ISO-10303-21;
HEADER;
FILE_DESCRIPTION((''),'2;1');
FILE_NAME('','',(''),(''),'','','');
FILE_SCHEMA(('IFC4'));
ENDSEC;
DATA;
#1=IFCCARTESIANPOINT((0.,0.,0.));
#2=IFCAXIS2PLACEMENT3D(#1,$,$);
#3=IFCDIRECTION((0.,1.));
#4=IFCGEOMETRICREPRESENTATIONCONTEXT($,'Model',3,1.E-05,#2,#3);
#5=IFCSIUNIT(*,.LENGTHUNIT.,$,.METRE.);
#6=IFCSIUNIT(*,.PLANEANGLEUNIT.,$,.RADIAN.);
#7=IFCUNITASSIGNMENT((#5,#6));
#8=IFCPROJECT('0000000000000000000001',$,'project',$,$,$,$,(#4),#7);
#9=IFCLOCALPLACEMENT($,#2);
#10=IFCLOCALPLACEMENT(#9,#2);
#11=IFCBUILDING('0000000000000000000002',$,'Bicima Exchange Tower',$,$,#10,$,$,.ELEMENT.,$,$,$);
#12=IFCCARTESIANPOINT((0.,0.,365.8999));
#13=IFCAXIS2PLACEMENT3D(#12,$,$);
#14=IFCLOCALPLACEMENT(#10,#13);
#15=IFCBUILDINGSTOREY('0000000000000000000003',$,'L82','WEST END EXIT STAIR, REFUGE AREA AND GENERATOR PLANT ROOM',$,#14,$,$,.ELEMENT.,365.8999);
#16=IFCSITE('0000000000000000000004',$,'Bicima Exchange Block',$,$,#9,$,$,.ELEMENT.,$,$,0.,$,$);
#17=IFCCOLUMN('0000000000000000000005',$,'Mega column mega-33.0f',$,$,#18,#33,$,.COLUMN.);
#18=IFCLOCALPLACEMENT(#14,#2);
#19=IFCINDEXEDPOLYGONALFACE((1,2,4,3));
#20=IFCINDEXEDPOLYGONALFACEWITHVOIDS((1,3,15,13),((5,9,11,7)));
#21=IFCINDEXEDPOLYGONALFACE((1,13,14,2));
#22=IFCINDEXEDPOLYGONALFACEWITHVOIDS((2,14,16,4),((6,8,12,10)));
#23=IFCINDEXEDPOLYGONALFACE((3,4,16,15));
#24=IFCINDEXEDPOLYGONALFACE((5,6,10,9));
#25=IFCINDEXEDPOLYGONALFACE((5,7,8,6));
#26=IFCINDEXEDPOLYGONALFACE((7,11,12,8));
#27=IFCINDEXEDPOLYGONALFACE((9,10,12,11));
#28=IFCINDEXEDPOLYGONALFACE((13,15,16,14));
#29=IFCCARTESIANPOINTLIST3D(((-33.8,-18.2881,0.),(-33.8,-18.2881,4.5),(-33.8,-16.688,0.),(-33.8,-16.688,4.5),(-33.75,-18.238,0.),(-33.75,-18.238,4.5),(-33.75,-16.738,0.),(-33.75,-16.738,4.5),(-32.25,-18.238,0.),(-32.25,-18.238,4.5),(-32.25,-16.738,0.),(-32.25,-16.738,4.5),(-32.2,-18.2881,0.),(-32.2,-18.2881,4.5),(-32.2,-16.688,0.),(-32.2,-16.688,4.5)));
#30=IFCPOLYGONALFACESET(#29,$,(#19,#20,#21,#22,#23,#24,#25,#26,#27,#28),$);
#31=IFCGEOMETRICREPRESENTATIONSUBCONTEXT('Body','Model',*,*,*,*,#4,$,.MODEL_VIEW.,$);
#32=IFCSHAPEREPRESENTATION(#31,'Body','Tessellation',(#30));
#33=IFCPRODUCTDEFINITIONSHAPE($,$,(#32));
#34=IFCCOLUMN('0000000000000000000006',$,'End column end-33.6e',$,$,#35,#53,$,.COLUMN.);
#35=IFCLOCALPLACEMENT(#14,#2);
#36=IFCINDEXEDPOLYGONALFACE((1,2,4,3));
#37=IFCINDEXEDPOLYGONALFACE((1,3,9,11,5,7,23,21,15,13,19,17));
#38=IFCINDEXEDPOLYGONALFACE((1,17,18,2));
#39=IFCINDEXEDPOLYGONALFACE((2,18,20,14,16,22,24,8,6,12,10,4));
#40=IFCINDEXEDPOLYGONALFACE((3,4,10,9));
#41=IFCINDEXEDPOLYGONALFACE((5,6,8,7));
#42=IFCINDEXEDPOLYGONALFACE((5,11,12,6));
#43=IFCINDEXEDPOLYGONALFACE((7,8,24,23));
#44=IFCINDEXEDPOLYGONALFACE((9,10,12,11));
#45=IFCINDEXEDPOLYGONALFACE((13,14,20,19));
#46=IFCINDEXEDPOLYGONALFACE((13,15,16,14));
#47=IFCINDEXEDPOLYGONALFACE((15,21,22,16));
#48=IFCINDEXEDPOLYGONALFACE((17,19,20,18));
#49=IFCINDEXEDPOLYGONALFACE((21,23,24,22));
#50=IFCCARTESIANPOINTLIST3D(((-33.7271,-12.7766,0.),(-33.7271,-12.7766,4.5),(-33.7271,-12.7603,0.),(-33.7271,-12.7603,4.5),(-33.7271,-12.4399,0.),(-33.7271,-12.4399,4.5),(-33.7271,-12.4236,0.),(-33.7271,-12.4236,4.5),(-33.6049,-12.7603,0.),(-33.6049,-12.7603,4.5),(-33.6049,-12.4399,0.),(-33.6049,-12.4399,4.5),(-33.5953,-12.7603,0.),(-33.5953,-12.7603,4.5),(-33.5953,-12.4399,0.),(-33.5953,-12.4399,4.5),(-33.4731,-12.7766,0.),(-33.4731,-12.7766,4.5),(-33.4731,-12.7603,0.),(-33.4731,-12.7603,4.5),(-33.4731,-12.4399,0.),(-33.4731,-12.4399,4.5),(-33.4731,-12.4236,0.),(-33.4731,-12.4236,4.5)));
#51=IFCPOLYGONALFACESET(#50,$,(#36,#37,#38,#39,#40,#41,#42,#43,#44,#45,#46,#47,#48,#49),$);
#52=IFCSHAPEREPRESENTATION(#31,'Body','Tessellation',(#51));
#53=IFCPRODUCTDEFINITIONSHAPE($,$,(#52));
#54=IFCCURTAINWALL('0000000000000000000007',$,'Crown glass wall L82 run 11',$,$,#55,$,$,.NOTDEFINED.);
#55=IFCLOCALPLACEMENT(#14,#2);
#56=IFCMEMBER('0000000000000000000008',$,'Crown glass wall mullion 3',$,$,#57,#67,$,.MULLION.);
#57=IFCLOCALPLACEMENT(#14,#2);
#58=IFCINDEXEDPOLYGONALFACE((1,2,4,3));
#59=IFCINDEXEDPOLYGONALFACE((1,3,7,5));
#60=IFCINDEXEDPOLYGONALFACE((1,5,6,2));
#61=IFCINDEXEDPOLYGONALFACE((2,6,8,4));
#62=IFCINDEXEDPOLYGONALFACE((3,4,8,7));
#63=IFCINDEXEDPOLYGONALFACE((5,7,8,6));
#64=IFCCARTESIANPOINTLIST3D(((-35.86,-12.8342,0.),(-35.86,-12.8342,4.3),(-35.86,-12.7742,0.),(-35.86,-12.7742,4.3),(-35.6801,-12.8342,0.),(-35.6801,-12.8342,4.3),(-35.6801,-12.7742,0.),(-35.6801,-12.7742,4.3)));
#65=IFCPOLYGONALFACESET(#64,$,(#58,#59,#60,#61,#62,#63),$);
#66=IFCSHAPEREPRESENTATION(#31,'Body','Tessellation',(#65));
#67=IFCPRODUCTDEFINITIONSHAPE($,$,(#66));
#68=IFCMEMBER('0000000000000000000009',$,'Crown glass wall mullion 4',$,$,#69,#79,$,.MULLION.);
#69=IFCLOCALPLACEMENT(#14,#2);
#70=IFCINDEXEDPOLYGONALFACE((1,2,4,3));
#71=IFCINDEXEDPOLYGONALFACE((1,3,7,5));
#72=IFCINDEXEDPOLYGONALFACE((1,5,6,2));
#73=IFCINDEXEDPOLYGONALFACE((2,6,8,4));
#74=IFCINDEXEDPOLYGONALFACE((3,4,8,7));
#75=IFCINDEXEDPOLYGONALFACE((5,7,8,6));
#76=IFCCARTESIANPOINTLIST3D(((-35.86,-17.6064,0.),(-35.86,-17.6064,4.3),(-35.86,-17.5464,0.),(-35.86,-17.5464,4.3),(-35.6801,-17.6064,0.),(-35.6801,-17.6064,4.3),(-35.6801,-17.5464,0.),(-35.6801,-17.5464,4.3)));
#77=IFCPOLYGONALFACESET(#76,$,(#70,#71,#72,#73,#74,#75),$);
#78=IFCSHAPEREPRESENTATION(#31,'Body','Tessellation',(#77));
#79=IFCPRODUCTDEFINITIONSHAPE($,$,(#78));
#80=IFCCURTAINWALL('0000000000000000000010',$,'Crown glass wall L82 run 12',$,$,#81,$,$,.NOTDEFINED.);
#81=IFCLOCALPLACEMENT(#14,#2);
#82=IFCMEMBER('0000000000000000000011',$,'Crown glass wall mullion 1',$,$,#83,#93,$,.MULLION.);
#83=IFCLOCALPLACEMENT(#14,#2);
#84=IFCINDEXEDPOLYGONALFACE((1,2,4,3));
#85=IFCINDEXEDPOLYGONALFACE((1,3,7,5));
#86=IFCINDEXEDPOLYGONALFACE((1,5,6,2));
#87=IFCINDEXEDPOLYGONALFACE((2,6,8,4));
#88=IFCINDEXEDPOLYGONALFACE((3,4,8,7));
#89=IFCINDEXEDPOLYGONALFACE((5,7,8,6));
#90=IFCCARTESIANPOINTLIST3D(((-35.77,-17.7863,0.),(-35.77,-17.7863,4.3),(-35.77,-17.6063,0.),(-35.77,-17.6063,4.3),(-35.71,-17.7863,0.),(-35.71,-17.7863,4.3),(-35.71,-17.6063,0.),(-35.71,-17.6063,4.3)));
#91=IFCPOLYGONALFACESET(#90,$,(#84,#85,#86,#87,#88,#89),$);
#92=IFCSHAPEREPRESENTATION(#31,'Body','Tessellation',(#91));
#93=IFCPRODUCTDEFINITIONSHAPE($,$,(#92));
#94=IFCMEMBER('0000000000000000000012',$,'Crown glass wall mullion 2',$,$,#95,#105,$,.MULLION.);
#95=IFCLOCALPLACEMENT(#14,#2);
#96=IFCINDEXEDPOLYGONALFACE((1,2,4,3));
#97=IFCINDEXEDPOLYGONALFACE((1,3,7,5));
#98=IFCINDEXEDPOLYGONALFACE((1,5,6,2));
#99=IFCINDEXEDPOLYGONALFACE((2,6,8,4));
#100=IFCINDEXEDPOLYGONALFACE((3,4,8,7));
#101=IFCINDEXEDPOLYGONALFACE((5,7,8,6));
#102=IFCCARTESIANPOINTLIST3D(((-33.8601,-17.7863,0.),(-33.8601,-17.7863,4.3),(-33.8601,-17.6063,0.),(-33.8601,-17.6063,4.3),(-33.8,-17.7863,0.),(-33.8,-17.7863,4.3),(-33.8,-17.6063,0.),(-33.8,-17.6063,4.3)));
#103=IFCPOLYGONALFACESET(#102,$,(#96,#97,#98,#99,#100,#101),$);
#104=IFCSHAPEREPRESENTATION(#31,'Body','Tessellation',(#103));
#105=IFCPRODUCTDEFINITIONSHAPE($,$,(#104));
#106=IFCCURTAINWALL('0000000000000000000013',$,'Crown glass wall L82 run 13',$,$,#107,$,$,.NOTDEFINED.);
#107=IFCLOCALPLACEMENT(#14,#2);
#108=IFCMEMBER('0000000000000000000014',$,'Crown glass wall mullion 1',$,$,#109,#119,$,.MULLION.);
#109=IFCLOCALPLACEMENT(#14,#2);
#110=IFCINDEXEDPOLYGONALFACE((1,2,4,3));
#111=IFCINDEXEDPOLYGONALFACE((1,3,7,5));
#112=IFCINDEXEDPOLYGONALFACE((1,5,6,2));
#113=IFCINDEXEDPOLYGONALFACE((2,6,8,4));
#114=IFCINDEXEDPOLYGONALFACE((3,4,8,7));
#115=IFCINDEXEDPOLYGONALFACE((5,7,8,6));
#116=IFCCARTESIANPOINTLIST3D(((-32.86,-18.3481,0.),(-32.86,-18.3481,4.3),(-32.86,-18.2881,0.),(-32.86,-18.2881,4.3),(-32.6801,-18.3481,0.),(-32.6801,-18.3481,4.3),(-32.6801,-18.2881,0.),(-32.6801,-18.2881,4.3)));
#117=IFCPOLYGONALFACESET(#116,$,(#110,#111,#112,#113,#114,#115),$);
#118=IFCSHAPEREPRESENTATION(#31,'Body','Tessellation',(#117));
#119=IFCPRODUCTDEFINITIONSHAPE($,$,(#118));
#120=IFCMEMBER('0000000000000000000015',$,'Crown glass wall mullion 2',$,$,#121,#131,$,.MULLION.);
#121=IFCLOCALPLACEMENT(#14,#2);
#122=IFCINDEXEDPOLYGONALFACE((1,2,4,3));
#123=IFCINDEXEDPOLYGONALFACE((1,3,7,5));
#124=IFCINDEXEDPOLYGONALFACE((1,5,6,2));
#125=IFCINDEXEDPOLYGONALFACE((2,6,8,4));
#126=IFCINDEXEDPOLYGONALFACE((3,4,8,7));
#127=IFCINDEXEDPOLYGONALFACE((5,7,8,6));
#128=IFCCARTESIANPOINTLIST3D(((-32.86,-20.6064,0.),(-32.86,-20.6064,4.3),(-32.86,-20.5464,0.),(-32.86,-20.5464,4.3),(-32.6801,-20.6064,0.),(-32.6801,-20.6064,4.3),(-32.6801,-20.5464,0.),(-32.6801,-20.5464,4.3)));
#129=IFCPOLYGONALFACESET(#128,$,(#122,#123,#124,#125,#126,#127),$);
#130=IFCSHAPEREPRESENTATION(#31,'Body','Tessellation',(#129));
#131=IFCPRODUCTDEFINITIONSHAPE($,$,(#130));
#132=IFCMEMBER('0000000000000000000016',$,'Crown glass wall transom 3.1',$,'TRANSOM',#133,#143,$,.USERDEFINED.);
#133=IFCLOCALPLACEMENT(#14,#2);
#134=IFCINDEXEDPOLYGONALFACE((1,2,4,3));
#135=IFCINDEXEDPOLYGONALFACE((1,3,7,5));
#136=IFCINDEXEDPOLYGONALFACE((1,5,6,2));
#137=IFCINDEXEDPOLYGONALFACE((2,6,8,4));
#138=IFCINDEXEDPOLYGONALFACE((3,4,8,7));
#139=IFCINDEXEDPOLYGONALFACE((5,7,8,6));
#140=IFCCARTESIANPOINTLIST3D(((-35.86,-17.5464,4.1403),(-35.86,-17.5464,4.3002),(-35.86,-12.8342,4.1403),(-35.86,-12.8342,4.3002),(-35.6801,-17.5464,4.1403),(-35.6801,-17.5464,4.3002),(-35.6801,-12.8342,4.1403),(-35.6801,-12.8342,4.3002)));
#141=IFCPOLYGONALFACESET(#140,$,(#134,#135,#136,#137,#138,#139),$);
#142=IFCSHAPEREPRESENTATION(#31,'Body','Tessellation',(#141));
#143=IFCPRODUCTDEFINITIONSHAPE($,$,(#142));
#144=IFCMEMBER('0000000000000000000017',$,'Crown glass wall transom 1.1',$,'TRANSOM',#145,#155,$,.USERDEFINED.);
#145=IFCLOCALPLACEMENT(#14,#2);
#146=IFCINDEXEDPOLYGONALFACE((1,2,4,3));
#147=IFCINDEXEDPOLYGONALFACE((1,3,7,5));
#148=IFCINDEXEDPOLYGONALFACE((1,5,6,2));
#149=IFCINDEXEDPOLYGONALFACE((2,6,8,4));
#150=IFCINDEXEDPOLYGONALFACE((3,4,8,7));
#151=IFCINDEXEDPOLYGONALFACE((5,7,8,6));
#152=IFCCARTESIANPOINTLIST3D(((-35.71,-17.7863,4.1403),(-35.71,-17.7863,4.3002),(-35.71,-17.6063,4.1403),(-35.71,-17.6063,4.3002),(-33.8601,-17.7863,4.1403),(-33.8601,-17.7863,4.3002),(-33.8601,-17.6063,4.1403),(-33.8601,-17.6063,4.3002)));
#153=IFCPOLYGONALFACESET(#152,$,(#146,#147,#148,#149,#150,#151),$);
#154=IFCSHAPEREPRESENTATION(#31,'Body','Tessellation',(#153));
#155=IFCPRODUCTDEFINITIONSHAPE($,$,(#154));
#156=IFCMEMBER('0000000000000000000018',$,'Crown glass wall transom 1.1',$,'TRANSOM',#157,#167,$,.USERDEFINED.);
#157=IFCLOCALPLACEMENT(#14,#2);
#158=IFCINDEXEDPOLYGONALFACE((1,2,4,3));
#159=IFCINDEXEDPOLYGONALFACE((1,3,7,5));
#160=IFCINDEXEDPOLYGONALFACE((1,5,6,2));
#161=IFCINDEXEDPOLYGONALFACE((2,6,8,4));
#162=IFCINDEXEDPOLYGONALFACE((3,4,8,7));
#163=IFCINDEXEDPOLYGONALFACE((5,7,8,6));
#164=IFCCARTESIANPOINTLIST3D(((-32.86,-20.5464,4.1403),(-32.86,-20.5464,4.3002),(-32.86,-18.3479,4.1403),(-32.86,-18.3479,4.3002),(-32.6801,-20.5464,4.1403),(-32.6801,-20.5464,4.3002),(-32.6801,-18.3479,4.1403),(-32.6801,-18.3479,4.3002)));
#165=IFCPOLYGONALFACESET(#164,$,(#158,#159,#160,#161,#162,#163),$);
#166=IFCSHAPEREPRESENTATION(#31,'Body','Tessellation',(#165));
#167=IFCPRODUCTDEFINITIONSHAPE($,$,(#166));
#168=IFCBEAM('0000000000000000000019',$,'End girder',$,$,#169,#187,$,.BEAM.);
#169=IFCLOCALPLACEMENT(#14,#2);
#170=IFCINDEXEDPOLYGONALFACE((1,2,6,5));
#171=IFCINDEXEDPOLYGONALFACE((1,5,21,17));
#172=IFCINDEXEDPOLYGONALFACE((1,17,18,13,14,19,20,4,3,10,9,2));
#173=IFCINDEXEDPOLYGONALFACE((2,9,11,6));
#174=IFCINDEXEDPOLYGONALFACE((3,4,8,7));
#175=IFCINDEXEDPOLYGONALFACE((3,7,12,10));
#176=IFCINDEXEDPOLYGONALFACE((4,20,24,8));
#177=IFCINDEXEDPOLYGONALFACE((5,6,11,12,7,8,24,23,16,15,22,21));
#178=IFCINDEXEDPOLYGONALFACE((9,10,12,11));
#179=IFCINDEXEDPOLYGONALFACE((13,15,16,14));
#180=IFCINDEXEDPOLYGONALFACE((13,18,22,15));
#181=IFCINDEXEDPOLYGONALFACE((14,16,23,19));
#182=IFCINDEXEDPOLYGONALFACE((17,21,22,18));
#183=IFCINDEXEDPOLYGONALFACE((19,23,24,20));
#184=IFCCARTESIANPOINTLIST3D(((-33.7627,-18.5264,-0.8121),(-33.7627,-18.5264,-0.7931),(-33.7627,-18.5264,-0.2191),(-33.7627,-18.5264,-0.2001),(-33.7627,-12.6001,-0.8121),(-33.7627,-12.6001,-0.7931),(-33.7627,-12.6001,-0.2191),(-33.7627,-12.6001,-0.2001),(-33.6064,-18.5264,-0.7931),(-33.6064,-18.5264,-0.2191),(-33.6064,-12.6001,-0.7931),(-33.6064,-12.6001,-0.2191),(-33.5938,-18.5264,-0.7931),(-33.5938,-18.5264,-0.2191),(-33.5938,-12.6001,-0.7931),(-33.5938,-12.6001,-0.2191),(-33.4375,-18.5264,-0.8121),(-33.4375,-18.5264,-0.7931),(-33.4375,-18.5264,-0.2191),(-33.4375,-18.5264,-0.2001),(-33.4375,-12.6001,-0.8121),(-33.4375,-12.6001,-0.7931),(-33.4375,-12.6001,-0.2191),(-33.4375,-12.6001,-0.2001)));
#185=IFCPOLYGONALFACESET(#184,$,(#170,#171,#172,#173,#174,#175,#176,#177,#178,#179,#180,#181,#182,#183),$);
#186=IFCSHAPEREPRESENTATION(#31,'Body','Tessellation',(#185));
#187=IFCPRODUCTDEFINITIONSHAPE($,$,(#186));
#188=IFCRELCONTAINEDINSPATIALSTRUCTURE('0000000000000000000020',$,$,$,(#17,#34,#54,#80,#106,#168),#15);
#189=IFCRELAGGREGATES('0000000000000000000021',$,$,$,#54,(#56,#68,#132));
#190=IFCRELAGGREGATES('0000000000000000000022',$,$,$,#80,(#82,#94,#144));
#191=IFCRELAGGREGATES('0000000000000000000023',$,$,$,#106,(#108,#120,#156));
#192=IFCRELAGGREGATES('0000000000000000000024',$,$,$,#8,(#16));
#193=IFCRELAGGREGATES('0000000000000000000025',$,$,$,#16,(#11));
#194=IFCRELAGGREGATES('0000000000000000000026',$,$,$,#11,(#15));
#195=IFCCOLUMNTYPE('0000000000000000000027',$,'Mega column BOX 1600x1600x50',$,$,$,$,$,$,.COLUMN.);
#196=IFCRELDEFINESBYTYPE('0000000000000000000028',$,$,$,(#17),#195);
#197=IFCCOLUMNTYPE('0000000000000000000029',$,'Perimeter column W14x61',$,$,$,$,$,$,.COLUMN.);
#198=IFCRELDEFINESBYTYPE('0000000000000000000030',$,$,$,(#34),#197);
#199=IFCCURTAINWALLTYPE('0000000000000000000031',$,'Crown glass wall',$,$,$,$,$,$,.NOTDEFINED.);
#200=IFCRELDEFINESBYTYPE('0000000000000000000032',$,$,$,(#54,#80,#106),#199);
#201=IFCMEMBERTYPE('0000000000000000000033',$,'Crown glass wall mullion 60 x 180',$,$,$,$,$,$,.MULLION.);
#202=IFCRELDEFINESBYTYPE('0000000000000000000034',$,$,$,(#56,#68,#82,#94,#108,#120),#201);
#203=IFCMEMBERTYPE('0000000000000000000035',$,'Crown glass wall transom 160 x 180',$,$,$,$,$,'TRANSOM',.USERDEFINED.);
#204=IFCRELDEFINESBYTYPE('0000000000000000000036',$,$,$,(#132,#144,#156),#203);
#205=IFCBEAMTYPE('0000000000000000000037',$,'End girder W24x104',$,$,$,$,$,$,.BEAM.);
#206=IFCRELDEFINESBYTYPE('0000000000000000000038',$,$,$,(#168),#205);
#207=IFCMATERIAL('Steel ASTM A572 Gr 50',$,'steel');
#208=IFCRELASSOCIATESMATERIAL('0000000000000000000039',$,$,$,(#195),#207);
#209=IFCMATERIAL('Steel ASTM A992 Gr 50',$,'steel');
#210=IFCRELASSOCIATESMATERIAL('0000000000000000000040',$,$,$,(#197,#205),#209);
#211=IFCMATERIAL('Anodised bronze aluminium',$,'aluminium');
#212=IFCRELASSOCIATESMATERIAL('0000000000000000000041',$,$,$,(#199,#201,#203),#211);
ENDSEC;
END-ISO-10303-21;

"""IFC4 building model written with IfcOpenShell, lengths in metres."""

from ifc_helpers import new_model, si_unit, direction, frame, origin, origin_2d, place, context, subcontext, project, spatial, rectangle, hollow_rectangle, i_section, extrude, material, material_profile, profile_set, type_object, element, aggregate, save


model = new_model("IFC4")

# Units and contexts
model_context = context("Model", 3, precision=1e-05, world=origin(), true_north=direction((0.0, 1.0)))
body_context = subcontext(model_context, "Body", "Model", "MODEL_VIEW")
ifc_project = project(units=[si_unit("LENGTHUNIT", "METRE"), si_unit("PLANEANGLEUNIT", "RADIAN")], contexts=[model_context])

# Site, building, storey
site_placement = place(None, origin())
site = spatial("IfcSite", under=ifc_project, at=site_placement, Name="Bicima Exchange Block", CompositionType="ELEMENT", RefElevation=0.0)
building_placement = place(site_placement, origin())
building = spatial("IfcBuilding", under=site, at=building_placement, Name="Bicima Exchange Tower", CompositionType="ELEMENT")
storey_placement = place(building_placement, frame((0.0, 0.0, 365.8999)))
storey = spatial("IfcBuildingStorey", under=building, at=storey_placement, Name="L82", Description="WEST END EXIT STAIR, REFUGE AREA AND GENERATOR PLANT ROOM", CompositionType="ELEMENT", Elevation=365.8999)

# Columns
ifc_material_1 = material(Name="Steel ASTM A572 Gr 50", Category="steel")
ifc_material_profile_1 = material_profile(ifc_material_1, hollow_rectangle(XDim=1.6001, YDim=1.6001, WallThickness=0.05, at=origin_2d()))
ifc_profile_set_1 = profile_set([ifc_material_profile_1], Name="Steel ASTM A572 Gr 50")
column_type_1 = type_object("IfcColumnType", Name="Mega column BOX 1600x1600x50", PredefinedType="COLUMN", material=ifc_profile_set_1)
column_1_placement = place(storey_placement, frame((-33.0, -17.488, 0.0), z_axis=(0.0, 0.0, 1.0), x_axis=(1.0, 0.0, 0.0)))
element("IfcColumn", 1, at=column_1_placement, inside=storey, type_object=column_type_1, Name="Mega column mega-33.0f", PredefinedType="COLUMN", context=body_context, shape_type="SweptSolid", body=[
    extrude(hollow_rectangle(XDim=1.6001, YDim=1.6001, WallThickness=0.05, at=origin_2d()), origin(), (0.0, 0.0, 1.0), 4.5),
])
ifc_material_2 = material(Name="Steel ASTM A992 Gr 50", Category="steel")
ifc_material_profile_2 = material_profile(ifc_material_2, i_section(OverallWidth=0.2539, OverallDepth=0.353, WebThickness=0.0095, FlangeThickness=0.0164, at=origin_2d()))
ifc_profile_set_2 = profile_set([ifc_material_profile_2], Name="Steel ASTM A992 Gr 50")
column_type_2 = type_object("IfcColumnType", Name="Perimeter column W14x61", PredefinedType="COLUMN", material=ifc_profile_set_2)
column_2_placement = place(storey_placement, frame((-33.6001, -12.6001, 0.0), z_axis=(0.0, 0.0, 1.0), x_axis=(1.0, 0.0, 0.0)))
element("IfcColumn", 2, at=column_2_placement, inside=storey, type_object=column_type_2, Name="End column end-33.6e", PredefinedType="COLUMN", context=body_context, shape_type="SweptSolid", body=[
    extrude(i_section(OverallWidth=0.2539, OverallDepth=0.353, WebThickness=0.0095, FlangeThickness=0.0164, at=origin_2d()), origin(), (0.0, 0.0, 1.0), 4.5),
])

# Curtain walls, members
ifc_material_3 = material(Name="Anodised bronze aluminium", Category="aluminium")
curtain_wall_type = type_object("IfcCurtainWallType", Name="Crown glass wall", PredefinedType="NOTDEFINED", material=ifc_material_3)
curtain_wall_1_placement = place(storey_placement, origin())
curtain_wall_1 = element("IfcCurtainWall", 3, at=curtain_wall_1_placement, inside=storey, type_object=curtain_wall_type, Name="Crown glass wall L82 run 11", PredefinedType="NOTDEFINED")
ifc_material_profile_3 = material_profile(ifc_material_3, rectangle(XDim=0.1799, YDim=0.0601, at=origin_2d()))
ifc_profile_set_3 = profile_set([ifc_material_profile_3], Name="Anodised bronze aluminium")
member_type_1 = type_object("IfcMemberType", Name="Crown glass wall mullion 60 x 180", PredefinedType="MULLION", material=ifc_profile_set_3)
member_1_placement = place(storey_placement, frame((-35.77, -12.8042, 0.0), z_axis=(0.0, 0.0, 1.0), x_axis=(1.0, 0.0, 0.0)))
member_1 = element("IfcMember", 4, at=member_1_placement, type_object=member_type_1, Name="Crown glass wall mullion 3", PredefinedType="MULLION", context=body_context, shape_type="SweptSolid", body=[
    extrude(rectangle(XDim=0.1799, YDim=0.0601, at=origin_2d()), origin(), (0.0, 0.0, 1.0), 4.3),
])
member_2_placement = place(storey_placement, frame((-35.77, -17.5764, 0.0), z_axis=(0.0, 0.0, 1.0), x_axis=(1.0, 0.0, 0.0)))
member_2 = element("IfcMember", 5, at=member_2_placement, type_object=member_type_1, Name="Crown glass wall mullion 4", PredefinedType="MULLION", context=body_context, shape_type="SweptSolid", body=[
    extrude(rectangle(XDim=0.1799, YDim=0.0601, at=origin_2d()), origin(), (0.0, 0.0, 1.0), 4.3),
])
curtain_wall_2_placement = place(storey_placement, origin())
curtain_wall_2 = element("IfcCurtainWall", 6, at=curtain_wall_2_placement, inside=storey, type_object=curtain_wall_type, Name="Crown glass wall L82 run 12", PredefinedType="NOTDEFINED")
member_3_placement = place(storey_placement, frame((-35.74, -17.6963, 0.0), z_axis=(0.0, 0.0, 1.0), x_axis=(0.0, 1.0, 0.0)))
member_3 = element("IfcMember", 7, at=member_3_placement, type_object=member_type_1, Name="Crown glass wall mullion 1", PredefinedType="MULLION", context=body_context, shape_type="SweptSolid", body=[
    extrude(rectangle(XDim=0.1799, YDim=0.0601, at=origin_2d()), origin(), (0.0, 0.0, 1.0), 4.3),
])
member_4_placement = place(storey_placement, frame((-33.8301, -17.6963, 0.0), z_axis=(0.0, 0.0, 1.0), x_axis=(0.0, 1.0, 0.0)))
member_4 = element("IfcMember", 8, at=member_4_placement, type_object=member_type_1, Name="Crown glass wall mullion 2", PredefinedType="MULLION", context=body_context, shape_type="SweptSolid", body=[
    extrude(rectangle(XDim=0.1799, YDim=0.0601, at=origin_2d()), origin(), (0.0, 0.0, 1.0), 4.3),
])
curtain_wall_3_placement = place(storey_placement, origin())
curtain_wall_3 = element("IfcCurtainWall", 9, at=curtain_wall_3_placement, inside=storey, type_object=curtain_wall_type, Name="Crown glass wall L82 run 13", PredefinedType="NOTDEFINED")
member_5_placement = place(storey_placement, frame((-32.77, -18.3181, 0.0), z_axis=(0.0, 0.0, 1.0), x_axis=(1.0, 0.0, 0.0)))
member_5 = element("IfcMember", 10, at=member_5_placement, type_object=member_type_1, Name="Crown glass wall mullion 1", PredefinedType="MULLION", context=body_context, shape_type="SweptSolid", body=[
    extrude(rectangle(XDim=0.1799, YDim=0.0601, at=origin_2d()), origin(), (0.0, 0.0, 1.0), 4.3),
])
member_6_placement = place(storey_placement, frame((-32.77, -20.5764, 0.0), z_axis=(0.0, 0.0, 1.0), x_axis=(1.0, 0.0, 0.0)))
member_6 = element("IfcMember", 11, at=member_6_placement, type_object=member_type_1, Name="Crown glass wall mullion 2", PredefinedType="MULLION", context=body_context, shape_type="SweptSolid", body=[
    extrude(rectangle(XDim=0.1799, YDim=0.0601, at=origin_2d()), origin(), (0.0, 0.0, 1.0), 4.3),
])

# Members
ifc_material_profile_4 = material_profile(ifc_material_3, rectangle(XDim=0.1799, YDim=0.1599, at=origin_2d()))
ifc_profile_set_4 = profile_set([ifc_material_profile_4], Name="Anodised bronze aluminium")
member_type_2 = type_object("IfcMemberType", Name="Crown glass wall transom 160 x 180", ElementType="TRANSOM", PredefinedType="USERDEFINED", material=ifc_profile_set_4)
member_7_placement = place(storey_placement, frame((-35.77, -12.8342, 4.2202), z_axis=(0.0, -1.0, 0.0), x_axis=(1.0, 0.0, 0.0)))
member_7 = element("IfcMember", 12, at=member_7_placement, type_object=member_type_2, Name="Crown glass wall transom 3.1", ObjectType="TRANSOM", PredefinedType="USERDEFINED", context=body_context, shape_type="SweptSolid", body=[
    extrude(rectangle(XDim=0.1799, YDim=0.1599, at=origin_2d()), origin(), (0.0, 0.0, 1.0), 4.7122),
])
member_8_placement = place(storey_placement, frame((-35.71, -17.6963, 4.2202), z_axis=(1.0, 0.0, 0.0), x_axis=(0.0, 1.0, 0.0)))
member_8 = element("IfcMember", 13, at=member_8_placement, type_object=member_type_2, Name="Crown glass wall transom 1.1", ObjectType="TRANSOM", PredefinedType="USERDEFINED", context=body_context, shape_type="SweptSolid", body=[
    extrude(rectangle(XDim=0.1799, YDim=0.1599, at=origin_2d()), origin(), (0.0, 0.0, 1.0), 1.8499),
])
member_9_placement = place(storey_placement, frame((-32.77, -18.3479, 4.2202), z_axis=(0.0, -1.0, 0.0), x_axis=(1.0, 0.0, 0.0)))
member_9 = element("IfcMember", 14, at=member_9_placement, type_object=member_type_2, Name="Crown glass wall transom 1.1", ObjectType="TRANSOM", PredefinedType="USERDEFINED", context=body_context, shape_type="SweptSolid", body=[
    extrude(rectangle(XDim=0.1799, YDim=0.1599, at=origin_2d()), origin(), (0.0, 0.0, 1.0), 2.1985),
])

# Beam
ifc_material_profile_5 = material_profile(ifc_material_2, i_section(OverallWidth=0.3252, OverallDepth=0.6121, WebThickness=0.0127, FlangeThickness=0.019, at=origin_2d()))
ifc_profile_set_5 = profile_set([ifc_material_profile_5], Name="Steel ASTM A992 Gr 50")
beam_type_1 = type_object("IfcBeamType", Name="End girder W24x104", PredefinedType="BEAM", material=ifc_profile_set_5)
beam_1_placement = place(storey_placement, frame((-33.6001, -12.6001, -0.5061), z_axis=(0.0, -1.0, 0.0), x_axis=(1.0, 0.0, 0.0)))
element("IfcBeam", 15, at=beam_1_placement, inside=storey, type_object=beam_type_1, Name="End girder", PredefinedType="BEAM", context=body_context, shape_type="SweptSolid", body=[
    extrude(i_section(OverallWidth=0.3252, OverallDepth=0.6121, WebThickness=0.0127, FlangeThickness=0.019, at=origin_2d()), origin(), (0.0, 0.0, 1.0), 5.9263),
])

aggregate(curtain_wall_1, [member_1, member_2, member_7])
aggregate(curtain_wall_2, [member_3, member_4, member_8])
aggregate(curtain_wall_3, [member_5, member_6, member_9])

save(model, "model.ifc")
